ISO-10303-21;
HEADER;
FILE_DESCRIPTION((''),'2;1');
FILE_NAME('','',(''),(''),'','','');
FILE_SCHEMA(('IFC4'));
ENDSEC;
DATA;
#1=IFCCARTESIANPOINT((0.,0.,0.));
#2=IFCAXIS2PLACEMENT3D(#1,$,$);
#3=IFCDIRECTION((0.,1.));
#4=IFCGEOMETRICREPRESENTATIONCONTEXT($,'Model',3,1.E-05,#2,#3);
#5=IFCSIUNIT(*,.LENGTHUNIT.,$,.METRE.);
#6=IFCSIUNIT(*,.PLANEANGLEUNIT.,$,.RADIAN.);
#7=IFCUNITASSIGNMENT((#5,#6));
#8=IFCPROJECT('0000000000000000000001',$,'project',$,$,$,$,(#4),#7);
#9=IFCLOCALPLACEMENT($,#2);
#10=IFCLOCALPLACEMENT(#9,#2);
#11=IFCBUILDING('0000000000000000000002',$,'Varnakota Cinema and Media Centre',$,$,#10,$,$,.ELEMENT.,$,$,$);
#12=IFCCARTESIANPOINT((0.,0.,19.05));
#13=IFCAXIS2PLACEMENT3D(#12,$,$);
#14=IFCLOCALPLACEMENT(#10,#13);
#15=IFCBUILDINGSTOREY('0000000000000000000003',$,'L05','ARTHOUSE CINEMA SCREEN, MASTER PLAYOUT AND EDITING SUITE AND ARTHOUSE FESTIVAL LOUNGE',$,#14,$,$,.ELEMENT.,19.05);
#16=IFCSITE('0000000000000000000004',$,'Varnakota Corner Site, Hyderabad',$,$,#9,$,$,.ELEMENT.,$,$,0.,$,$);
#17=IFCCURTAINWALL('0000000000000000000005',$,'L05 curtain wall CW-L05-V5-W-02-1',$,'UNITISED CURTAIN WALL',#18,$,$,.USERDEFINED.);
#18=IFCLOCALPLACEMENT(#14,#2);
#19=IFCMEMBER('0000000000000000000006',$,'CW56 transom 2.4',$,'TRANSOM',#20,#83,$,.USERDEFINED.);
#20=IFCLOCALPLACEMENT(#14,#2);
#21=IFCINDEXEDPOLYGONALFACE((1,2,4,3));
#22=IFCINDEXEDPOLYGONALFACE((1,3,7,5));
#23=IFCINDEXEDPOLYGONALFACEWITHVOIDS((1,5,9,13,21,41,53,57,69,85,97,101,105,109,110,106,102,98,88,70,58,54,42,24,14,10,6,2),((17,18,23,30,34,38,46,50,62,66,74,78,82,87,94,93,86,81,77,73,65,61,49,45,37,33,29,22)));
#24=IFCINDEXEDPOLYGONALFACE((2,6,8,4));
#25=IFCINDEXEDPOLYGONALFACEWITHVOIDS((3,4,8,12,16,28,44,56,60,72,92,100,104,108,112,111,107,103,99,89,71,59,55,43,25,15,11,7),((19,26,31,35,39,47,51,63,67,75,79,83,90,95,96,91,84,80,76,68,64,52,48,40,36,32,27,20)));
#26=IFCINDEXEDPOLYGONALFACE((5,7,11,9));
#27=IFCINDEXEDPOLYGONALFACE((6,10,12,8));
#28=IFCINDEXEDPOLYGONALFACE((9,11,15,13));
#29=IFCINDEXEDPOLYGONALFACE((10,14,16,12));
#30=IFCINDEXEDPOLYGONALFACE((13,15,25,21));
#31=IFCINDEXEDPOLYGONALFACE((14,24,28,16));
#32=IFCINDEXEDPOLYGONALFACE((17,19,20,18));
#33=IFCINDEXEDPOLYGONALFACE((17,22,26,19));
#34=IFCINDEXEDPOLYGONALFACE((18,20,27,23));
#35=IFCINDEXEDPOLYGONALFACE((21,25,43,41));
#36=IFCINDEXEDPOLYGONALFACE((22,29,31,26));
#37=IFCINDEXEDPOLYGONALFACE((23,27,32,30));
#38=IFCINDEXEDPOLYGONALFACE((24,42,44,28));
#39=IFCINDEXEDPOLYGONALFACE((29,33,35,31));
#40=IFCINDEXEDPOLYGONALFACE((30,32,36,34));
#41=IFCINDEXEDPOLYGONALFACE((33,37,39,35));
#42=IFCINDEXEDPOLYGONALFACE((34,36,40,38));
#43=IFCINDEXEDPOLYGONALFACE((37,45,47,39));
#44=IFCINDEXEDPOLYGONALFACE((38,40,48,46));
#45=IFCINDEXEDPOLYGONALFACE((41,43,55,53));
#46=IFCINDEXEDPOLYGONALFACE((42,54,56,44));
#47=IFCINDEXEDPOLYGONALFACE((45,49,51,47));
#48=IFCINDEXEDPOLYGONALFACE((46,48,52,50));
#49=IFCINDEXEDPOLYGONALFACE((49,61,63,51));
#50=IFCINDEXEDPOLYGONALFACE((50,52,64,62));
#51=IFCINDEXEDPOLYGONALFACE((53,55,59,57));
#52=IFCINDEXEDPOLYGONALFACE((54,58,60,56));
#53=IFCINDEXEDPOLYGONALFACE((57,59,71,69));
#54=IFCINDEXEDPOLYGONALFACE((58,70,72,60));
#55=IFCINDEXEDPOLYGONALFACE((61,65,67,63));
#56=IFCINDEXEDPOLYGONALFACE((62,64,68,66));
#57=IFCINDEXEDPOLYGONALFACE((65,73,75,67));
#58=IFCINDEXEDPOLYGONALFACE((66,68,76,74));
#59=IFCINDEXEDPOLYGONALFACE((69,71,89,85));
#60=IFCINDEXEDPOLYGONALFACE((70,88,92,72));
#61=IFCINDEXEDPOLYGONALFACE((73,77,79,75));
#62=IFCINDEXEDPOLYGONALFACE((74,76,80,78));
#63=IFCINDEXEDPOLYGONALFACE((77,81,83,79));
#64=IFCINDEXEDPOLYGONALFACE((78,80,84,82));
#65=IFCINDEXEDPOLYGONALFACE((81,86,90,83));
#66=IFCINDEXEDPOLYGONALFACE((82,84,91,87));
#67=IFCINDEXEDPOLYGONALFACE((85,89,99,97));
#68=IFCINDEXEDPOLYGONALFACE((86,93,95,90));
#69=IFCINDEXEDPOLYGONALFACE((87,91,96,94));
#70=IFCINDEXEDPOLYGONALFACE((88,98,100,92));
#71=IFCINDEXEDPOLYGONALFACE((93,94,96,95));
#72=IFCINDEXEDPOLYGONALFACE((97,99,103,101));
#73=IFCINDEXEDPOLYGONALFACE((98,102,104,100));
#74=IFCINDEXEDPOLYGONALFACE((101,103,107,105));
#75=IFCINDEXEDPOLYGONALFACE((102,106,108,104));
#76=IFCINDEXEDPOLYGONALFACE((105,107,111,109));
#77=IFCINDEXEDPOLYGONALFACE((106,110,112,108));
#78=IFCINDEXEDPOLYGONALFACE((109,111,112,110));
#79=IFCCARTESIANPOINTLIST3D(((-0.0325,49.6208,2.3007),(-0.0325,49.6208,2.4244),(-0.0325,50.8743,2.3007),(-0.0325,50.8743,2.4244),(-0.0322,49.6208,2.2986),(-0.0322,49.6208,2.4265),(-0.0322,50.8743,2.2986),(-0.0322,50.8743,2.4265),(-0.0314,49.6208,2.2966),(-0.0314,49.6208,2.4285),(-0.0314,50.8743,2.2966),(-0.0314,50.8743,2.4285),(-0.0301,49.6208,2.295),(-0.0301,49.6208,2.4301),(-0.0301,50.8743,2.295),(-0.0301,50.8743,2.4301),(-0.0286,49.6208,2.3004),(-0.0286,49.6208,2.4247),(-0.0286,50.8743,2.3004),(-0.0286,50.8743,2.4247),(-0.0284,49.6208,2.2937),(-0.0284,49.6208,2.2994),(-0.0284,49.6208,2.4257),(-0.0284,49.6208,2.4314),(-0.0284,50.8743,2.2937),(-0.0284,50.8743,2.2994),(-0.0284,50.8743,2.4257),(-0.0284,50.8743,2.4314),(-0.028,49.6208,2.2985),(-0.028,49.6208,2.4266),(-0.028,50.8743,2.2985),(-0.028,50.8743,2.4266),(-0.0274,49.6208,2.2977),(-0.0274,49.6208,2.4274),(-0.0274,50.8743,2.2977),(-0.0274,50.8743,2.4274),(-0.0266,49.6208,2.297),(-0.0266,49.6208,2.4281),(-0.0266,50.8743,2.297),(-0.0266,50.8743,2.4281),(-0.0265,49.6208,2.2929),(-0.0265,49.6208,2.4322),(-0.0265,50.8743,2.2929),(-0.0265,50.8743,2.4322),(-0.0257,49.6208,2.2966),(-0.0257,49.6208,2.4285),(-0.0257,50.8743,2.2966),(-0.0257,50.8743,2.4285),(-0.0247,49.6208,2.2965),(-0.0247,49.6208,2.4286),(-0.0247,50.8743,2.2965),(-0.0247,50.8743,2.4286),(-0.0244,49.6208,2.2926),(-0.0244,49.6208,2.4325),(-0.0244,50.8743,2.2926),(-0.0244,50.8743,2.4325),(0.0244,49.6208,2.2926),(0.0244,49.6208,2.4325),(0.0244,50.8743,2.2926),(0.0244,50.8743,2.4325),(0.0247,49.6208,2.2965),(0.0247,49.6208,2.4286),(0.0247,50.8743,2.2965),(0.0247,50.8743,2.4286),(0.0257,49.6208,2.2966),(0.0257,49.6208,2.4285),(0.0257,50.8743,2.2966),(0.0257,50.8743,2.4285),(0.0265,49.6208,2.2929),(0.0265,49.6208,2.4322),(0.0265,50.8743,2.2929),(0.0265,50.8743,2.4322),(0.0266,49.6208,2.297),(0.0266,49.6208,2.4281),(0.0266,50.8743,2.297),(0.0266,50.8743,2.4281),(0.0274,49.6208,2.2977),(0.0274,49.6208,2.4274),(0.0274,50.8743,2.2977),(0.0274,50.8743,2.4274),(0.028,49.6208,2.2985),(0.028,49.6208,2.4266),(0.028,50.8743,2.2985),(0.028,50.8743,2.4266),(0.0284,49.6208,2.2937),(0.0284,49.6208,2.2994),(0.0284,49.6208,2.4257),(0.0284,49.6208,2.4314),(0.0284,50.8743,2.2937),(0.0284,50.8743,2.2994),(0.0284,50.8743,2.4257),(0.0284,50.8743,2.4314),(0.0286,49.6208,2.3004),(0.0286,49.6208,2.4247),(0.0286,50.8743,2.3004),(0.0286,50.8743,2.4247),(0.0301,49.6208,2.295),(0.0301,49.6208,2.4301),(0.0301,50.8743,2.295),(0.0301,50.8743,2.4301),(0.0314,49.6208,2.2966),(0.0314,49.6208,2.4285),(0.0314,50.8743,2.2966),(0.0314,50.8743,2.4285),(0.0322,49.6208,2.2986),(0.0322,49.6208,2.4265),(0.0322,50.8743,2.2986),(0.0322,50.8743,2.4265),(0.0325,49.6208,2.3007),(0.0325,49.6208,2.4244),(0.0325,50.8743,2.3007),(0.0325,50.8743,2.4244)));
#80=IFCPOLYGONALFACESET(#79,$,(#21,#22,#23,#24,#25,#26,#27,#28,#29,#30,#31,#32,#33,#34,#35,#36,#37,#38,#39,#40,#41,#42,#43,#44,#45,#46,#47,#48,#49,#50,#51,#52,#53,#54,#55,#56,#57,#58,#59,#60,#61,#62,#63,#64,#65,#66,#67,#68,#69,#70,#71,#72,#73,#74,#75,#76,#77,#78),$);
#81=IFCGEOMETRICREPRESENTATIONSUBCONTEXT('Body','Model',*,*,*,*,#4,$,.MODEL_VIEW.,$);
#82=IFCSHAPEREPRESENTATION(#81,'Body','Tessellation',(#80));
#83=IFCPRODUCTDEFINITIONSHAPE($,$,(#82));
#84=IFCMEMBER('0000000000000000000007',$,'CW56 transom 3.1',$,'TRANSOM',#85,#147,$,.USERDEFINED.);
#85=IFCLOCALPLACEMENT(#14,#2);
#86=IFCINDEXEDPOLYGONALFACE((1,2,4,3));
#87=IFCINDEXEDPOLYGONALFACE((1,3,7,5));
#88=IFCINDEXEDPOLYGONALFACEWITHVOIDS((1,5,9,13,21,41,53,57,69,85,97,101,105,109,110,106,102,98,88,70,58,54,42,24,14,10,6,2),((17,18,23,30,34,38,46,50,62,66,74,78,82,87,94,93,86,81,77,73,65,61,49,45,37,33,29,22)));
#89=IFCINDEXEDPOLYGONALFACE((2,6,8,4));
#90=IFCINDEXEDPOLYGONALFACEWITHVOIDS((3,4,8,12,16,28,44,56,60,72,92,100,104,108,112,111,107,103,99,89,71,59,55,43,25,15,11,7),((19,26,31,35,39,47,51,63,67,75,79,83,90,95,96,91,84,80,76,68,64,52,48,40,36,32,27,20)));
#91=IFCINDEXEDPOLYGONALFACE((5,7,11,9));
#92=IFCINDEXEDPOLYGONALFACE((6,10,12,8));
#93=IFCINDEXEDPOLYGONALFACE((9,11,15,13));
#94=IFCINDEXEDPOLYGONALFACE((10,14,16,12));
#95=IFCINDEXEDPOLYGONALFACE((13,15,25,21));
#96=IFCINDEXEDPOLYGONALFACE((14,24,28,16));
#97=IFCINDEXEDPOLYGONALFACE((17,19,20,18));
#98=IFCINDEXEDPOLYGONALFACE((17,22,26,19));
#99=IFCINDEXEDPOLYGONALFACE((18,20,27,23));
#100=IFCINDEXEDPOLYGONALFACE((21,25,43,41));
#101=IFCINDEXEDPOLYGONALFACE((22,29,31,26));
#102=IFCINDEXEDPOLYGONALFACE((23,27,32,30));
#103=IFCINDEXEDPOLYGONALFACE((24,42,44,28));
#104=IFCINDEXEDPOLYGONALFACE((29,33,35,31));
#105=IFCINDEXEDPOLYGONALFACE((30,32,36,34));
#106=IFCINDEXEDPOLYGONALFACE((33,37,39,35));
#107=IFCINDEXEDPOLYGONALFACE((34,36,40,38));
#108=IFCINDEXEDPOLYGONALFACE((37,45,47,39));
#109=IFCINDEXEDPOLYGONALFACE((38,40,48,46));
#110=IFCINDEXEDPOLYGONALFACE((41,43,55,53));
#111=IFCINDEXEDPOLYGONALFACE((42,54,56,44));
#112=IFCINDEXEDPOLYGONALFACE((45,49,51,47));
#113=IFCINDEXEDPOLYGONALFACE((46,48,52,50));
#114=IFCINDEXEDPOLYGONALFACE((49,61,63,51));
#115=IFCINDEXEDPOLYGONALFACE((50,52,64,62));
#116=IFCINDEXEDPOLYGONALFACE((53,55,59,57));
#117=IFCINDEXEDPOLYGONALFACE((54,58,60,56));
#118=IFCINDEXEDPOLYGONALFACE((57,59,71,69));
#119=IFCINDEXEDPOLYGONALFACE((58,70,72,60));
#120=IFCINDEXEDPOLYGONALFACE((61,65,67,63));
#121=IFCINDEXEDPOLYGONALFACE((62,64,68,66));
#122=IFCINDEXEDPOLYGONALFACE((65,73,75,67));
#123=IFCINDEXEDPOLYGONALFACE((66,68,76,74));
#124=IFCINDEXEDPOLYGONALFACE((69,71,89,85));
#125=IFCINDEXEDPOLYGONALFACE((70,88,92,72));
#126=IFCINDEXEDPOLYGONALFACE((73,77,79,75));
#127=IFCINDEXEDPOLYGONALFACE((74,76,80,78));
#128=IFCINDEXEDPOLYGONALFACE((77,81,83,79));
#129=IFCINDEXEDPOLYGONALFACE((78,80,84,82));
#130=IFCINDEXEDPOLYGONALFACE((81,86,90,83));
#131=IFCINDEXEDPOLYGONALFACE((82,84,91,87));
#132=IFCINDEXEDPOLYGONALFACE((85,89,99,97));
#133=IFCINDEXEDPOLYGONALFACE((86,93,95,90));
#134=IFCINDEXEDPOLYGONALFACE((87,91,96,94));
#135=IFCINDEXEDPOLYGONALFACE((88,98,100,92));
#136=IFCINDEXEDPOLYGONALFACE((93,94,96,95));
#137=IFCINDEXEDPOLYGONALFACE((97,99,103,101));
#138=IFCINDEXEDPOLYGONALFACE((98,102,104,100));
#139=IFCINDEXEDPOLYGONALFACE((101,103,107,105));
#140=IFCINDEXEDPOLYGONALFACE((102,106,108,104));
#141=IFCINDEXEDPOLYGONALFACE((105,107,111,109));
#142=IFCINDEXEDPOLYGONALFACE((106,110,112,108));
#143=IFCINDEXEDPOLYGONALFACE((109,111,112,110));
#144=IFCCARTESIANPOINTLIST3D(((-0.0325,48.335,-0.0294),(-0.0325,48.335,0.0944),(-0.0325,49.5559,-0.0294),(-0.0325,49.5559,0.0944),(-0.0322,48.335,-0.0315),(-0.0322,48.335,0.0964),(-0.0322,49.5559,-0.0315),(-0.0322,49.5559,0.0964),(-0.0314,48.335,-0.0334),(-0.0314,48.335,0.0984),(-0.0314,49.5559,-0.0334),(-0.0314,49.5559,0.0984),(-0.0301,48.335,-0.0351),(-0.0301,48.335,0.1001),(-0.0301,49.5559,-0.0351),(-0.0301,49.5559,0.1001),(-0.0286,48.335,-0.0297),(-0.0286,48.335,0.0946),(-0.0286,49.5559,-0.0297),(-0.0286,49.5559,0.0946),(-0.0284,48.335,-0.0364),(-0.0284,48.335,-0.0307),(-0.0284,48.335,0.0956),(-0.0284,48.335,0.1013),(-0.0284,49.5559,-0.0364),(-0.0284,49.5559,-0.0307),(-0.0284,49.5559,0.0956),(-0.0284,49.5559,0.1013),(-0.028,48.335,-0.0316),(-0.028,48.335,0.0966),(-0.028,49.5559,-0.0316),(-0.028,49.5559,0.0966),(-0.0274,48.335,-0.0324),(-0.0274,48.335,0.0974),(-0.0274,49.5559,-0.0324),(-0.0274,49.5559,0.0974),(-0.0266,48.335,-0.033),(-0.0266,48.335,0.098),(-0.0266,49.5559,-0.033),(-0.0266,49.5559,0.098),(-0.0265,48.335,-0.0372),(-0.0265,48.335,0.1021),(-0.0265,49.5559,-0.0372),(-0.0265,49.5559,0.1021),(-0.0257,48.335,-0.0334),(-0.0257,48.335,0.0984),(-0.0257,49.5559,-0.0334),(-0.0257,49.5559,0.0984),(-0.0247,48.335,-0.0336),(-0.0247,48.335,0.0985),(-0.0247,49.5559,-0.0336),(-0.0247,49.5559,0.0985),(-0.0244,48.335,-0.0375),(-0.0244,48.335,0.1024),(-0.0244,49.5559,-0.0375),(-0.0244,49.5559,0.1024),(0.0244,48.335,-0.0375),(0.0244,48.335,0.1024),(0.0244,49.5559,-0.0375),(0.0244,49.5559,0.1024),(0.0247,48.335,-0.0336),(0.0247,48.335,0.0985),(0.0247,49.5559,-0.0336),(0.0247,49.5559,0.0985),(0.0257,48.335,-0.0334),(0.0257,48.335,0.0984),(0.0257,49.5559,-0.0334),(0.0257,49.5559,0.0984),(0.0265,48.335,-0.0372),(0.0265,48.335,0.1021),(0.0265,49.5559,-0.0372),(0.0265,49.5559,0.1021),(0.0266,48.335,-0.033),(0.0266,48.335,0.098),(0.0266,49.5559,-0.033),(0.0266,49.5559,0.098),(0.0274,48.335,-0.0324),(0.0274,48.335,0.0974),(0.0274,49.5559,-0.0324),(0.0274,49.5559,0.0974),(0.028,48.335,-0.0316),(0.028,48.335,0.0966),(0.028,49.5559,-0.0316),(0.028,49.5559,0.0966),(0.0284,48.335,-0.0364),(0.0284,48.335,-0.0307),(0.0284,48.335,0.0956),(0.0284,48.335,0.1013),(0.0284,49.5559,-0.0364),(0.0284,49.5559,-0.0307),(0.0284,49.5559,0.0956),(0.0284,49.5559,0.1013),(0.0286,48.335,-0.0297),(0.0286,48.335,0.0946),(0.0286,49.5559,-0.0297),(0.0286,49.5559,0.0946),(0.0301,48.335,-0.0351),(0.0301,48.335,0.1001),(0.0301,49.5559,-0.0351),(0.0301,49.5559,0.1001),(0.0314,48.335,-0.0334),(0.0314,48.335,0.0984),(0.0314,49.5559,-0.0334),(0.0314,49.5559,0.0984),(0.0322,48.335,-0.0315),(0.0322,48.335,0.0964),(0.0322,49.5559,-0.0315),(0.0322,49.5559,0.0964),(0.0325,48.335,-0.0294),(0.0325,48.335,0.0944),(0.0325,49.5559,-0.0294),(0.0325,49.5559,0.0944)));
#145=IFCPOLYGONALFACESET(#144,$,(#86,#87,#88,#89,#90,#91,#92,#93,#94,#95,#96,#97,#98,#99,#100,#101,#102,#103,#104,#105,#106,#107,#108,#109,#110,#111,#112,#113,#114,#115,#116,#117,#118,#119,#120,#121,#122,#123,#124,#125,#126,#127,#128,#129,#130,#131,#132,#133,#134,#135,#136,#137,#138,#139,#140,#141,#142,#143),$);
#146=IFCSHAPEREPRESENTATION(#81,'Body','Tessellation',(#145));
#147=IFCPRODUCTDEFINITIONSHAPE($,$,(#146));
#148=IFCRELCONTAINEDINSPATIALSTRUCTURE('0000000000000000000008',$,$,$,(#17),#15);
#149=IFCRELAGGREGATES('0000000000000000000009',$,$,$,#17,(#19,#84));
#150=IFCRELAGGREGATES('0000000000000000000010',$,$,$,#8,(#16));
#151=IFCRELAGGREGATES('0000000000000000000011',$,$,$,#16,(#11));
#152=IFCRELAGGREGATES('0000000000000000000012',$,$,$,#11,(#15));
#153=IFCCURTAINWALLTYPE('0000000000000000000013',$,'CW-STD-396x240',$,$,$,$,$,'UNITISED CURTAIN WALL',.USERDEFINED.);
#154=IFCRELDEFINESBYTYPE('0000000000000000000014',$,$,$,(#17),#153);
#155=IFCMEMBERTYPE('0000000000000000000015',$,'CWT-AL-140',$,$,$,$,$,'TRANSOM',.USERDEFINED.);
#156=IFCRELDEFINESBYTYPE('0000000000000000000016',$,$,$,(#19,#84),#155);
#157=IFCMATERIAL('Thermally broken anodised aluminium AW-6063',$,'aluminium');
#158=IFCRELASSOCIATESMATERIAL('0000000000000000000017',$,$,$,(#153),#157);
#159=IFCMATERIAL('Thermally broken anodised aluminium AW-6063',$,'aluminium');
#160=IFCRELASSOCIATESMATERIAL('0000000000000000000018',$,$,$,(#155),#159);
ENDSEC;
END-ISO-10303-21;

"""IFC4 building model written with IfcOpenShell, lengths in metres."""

from ifc_helpers import new_model, si_unit, direction, frame, origin, origin_2d, place, context, subcontext, project, spatial, hollow_rectangle, extrude, material, material_profile, profile_set, type_object, element, aggregate, save


model = new_model("IFC4")

# Units and contexts
model_context = context("Model", 3, precision=1e-05, world=origin(), true_north=direction((0.0, 1.0)))
body_context = subcontext(model_context, "Body", "Model", "MODEL_VIEW")
ifc_project = project(units=[si_unit("LENGTHUNIT", "METRE"), si_unit("PLANEANGLEUNIT", "RADIAN")], contexts=[model_context])

# Site, building, storey
site_placement = place(None, origin())
site = spatial("IfcSite", under=ifc_project, at=site_placement, Name="Varnakota Corner Site, Hyderabad", CompositionType="ELEMENT", RefElevation=0.0)
building_placement = place(site_placement, origin())
building = spatial("IfcBuilding", under=site, at=building_placement, Name="Varnakota Cinema and Media Centre", CompositionType="ELEMENT")
storey_placement = place(building_placement, frame((0.0, 0.0, 19.05)))
storey = spatial("IfcBuildingStorey", under=building, at=storey_placement, Name="L05", Description="ARTHOUSE CINEMA SCREEN, MASTER PLAYOUT AND EDITING SUITE AND ARTHOUSE FESTIVAL LOUNGE", CompositionType="ELEMENT", Elevation=19.05)

# Curtain wall, members
ifc_material_1 = material(Name="Thermally broken anodised aluminium AW-6063", Category="aluminium")
curtain_wall_type = type_object("IfcCurtainWallType", Name="CW-STD-396x240", ElementType="UNITISED CURTAIN WALL", PredefinedType="USERDEFINED", material=ifc_material_1)
curtain_wall_placement = place(storey_placement, origin())
curtain_wall = element("IfcCurtainWall", 1, at=curtain_wall_placement, inside=storey, type_object=curtain_wall_type, Name="L05 curtain wall CW-L05-V5-W-02-1", ObjectType="UNITISED CURTAIN WALL", PredefinedType="USERDEFINED")
ifc_material_2 = material(Name="Thermally broken anodised aluminium AW-6063", Category="aluminium")
ifc_material_profile_1 = material_profile(ifc_material_2, hollow_rectangle(XDim=0.0649, YDim=0.1399, WallThickness=0.0039, InnerFilletRadius=0.0039, OuterFilletRadius=0.0081, at=origin_2d()), Name="AL-TRANSOM 140x65x4")
ifc_profile_set_1 = profile_set([ifc_material_profile_1], Name="Thermally broken anodised aluminium AW-6063")
member_type_1 = type_object("IfcMemberType", Name="CWT-AL-140", ElementType="TRANSOM", PredefinedType="USERDEFINED", material=ifc_profile_set_1)
member_1_placement = place(storey_placement, frame((0.0, 50.8743, 2.3625), z_axis=(0.0, -1.0, 0.0), x_axis=(1.0, 0.0, 0.0)))
member_1 = element("IfcMember", 2, at=member_1_placement, type_object=member_type_1, Name="CW56 transom 2.4", ObjectType="TRANSOM", PredefinedType="USERDEFINED", context=body_context, shape_type="SweptSolid", body=[
    extrude(hollow_rectangle(XDim=0.0649, YDim=0.1399, WallThickness=0.0039, InnerFilletRadius=0.0039, OuterFilletRadius=0.0081, at=origin_2d()), origin(), (0.0, 0.0, 1.0), 1.2534),
])
member_2_placement = place(storey_placement, frame((0.0, 49.5559, 0.0325), z_axis=(0.0, -1.0, 0.0), x_axis=(1.0, 0.0, 0.0)))
member_2 = element("IfcMember", 3, at=member_2_placement, type_object=member_type_1, Name="CW56 transom 3.1", ObjectType="TRANSOM", PredefinedType="USERDEFINED", context=body_context, shape_type="SweptSolid", body=[
    extrude(hollow_rectangle(XDim=0.0649, YDim=0.1399, WallThickness=0.0039, InnerFilletRadius=0.0039, OuterFilletRadius=0.0081, at=origin_2d()), origin(), (0.0, 0.0, 1.0), 1.2209),
])
aggregate(curtain_wall, [member_1, member_2])

save(model, "model.ifc")
